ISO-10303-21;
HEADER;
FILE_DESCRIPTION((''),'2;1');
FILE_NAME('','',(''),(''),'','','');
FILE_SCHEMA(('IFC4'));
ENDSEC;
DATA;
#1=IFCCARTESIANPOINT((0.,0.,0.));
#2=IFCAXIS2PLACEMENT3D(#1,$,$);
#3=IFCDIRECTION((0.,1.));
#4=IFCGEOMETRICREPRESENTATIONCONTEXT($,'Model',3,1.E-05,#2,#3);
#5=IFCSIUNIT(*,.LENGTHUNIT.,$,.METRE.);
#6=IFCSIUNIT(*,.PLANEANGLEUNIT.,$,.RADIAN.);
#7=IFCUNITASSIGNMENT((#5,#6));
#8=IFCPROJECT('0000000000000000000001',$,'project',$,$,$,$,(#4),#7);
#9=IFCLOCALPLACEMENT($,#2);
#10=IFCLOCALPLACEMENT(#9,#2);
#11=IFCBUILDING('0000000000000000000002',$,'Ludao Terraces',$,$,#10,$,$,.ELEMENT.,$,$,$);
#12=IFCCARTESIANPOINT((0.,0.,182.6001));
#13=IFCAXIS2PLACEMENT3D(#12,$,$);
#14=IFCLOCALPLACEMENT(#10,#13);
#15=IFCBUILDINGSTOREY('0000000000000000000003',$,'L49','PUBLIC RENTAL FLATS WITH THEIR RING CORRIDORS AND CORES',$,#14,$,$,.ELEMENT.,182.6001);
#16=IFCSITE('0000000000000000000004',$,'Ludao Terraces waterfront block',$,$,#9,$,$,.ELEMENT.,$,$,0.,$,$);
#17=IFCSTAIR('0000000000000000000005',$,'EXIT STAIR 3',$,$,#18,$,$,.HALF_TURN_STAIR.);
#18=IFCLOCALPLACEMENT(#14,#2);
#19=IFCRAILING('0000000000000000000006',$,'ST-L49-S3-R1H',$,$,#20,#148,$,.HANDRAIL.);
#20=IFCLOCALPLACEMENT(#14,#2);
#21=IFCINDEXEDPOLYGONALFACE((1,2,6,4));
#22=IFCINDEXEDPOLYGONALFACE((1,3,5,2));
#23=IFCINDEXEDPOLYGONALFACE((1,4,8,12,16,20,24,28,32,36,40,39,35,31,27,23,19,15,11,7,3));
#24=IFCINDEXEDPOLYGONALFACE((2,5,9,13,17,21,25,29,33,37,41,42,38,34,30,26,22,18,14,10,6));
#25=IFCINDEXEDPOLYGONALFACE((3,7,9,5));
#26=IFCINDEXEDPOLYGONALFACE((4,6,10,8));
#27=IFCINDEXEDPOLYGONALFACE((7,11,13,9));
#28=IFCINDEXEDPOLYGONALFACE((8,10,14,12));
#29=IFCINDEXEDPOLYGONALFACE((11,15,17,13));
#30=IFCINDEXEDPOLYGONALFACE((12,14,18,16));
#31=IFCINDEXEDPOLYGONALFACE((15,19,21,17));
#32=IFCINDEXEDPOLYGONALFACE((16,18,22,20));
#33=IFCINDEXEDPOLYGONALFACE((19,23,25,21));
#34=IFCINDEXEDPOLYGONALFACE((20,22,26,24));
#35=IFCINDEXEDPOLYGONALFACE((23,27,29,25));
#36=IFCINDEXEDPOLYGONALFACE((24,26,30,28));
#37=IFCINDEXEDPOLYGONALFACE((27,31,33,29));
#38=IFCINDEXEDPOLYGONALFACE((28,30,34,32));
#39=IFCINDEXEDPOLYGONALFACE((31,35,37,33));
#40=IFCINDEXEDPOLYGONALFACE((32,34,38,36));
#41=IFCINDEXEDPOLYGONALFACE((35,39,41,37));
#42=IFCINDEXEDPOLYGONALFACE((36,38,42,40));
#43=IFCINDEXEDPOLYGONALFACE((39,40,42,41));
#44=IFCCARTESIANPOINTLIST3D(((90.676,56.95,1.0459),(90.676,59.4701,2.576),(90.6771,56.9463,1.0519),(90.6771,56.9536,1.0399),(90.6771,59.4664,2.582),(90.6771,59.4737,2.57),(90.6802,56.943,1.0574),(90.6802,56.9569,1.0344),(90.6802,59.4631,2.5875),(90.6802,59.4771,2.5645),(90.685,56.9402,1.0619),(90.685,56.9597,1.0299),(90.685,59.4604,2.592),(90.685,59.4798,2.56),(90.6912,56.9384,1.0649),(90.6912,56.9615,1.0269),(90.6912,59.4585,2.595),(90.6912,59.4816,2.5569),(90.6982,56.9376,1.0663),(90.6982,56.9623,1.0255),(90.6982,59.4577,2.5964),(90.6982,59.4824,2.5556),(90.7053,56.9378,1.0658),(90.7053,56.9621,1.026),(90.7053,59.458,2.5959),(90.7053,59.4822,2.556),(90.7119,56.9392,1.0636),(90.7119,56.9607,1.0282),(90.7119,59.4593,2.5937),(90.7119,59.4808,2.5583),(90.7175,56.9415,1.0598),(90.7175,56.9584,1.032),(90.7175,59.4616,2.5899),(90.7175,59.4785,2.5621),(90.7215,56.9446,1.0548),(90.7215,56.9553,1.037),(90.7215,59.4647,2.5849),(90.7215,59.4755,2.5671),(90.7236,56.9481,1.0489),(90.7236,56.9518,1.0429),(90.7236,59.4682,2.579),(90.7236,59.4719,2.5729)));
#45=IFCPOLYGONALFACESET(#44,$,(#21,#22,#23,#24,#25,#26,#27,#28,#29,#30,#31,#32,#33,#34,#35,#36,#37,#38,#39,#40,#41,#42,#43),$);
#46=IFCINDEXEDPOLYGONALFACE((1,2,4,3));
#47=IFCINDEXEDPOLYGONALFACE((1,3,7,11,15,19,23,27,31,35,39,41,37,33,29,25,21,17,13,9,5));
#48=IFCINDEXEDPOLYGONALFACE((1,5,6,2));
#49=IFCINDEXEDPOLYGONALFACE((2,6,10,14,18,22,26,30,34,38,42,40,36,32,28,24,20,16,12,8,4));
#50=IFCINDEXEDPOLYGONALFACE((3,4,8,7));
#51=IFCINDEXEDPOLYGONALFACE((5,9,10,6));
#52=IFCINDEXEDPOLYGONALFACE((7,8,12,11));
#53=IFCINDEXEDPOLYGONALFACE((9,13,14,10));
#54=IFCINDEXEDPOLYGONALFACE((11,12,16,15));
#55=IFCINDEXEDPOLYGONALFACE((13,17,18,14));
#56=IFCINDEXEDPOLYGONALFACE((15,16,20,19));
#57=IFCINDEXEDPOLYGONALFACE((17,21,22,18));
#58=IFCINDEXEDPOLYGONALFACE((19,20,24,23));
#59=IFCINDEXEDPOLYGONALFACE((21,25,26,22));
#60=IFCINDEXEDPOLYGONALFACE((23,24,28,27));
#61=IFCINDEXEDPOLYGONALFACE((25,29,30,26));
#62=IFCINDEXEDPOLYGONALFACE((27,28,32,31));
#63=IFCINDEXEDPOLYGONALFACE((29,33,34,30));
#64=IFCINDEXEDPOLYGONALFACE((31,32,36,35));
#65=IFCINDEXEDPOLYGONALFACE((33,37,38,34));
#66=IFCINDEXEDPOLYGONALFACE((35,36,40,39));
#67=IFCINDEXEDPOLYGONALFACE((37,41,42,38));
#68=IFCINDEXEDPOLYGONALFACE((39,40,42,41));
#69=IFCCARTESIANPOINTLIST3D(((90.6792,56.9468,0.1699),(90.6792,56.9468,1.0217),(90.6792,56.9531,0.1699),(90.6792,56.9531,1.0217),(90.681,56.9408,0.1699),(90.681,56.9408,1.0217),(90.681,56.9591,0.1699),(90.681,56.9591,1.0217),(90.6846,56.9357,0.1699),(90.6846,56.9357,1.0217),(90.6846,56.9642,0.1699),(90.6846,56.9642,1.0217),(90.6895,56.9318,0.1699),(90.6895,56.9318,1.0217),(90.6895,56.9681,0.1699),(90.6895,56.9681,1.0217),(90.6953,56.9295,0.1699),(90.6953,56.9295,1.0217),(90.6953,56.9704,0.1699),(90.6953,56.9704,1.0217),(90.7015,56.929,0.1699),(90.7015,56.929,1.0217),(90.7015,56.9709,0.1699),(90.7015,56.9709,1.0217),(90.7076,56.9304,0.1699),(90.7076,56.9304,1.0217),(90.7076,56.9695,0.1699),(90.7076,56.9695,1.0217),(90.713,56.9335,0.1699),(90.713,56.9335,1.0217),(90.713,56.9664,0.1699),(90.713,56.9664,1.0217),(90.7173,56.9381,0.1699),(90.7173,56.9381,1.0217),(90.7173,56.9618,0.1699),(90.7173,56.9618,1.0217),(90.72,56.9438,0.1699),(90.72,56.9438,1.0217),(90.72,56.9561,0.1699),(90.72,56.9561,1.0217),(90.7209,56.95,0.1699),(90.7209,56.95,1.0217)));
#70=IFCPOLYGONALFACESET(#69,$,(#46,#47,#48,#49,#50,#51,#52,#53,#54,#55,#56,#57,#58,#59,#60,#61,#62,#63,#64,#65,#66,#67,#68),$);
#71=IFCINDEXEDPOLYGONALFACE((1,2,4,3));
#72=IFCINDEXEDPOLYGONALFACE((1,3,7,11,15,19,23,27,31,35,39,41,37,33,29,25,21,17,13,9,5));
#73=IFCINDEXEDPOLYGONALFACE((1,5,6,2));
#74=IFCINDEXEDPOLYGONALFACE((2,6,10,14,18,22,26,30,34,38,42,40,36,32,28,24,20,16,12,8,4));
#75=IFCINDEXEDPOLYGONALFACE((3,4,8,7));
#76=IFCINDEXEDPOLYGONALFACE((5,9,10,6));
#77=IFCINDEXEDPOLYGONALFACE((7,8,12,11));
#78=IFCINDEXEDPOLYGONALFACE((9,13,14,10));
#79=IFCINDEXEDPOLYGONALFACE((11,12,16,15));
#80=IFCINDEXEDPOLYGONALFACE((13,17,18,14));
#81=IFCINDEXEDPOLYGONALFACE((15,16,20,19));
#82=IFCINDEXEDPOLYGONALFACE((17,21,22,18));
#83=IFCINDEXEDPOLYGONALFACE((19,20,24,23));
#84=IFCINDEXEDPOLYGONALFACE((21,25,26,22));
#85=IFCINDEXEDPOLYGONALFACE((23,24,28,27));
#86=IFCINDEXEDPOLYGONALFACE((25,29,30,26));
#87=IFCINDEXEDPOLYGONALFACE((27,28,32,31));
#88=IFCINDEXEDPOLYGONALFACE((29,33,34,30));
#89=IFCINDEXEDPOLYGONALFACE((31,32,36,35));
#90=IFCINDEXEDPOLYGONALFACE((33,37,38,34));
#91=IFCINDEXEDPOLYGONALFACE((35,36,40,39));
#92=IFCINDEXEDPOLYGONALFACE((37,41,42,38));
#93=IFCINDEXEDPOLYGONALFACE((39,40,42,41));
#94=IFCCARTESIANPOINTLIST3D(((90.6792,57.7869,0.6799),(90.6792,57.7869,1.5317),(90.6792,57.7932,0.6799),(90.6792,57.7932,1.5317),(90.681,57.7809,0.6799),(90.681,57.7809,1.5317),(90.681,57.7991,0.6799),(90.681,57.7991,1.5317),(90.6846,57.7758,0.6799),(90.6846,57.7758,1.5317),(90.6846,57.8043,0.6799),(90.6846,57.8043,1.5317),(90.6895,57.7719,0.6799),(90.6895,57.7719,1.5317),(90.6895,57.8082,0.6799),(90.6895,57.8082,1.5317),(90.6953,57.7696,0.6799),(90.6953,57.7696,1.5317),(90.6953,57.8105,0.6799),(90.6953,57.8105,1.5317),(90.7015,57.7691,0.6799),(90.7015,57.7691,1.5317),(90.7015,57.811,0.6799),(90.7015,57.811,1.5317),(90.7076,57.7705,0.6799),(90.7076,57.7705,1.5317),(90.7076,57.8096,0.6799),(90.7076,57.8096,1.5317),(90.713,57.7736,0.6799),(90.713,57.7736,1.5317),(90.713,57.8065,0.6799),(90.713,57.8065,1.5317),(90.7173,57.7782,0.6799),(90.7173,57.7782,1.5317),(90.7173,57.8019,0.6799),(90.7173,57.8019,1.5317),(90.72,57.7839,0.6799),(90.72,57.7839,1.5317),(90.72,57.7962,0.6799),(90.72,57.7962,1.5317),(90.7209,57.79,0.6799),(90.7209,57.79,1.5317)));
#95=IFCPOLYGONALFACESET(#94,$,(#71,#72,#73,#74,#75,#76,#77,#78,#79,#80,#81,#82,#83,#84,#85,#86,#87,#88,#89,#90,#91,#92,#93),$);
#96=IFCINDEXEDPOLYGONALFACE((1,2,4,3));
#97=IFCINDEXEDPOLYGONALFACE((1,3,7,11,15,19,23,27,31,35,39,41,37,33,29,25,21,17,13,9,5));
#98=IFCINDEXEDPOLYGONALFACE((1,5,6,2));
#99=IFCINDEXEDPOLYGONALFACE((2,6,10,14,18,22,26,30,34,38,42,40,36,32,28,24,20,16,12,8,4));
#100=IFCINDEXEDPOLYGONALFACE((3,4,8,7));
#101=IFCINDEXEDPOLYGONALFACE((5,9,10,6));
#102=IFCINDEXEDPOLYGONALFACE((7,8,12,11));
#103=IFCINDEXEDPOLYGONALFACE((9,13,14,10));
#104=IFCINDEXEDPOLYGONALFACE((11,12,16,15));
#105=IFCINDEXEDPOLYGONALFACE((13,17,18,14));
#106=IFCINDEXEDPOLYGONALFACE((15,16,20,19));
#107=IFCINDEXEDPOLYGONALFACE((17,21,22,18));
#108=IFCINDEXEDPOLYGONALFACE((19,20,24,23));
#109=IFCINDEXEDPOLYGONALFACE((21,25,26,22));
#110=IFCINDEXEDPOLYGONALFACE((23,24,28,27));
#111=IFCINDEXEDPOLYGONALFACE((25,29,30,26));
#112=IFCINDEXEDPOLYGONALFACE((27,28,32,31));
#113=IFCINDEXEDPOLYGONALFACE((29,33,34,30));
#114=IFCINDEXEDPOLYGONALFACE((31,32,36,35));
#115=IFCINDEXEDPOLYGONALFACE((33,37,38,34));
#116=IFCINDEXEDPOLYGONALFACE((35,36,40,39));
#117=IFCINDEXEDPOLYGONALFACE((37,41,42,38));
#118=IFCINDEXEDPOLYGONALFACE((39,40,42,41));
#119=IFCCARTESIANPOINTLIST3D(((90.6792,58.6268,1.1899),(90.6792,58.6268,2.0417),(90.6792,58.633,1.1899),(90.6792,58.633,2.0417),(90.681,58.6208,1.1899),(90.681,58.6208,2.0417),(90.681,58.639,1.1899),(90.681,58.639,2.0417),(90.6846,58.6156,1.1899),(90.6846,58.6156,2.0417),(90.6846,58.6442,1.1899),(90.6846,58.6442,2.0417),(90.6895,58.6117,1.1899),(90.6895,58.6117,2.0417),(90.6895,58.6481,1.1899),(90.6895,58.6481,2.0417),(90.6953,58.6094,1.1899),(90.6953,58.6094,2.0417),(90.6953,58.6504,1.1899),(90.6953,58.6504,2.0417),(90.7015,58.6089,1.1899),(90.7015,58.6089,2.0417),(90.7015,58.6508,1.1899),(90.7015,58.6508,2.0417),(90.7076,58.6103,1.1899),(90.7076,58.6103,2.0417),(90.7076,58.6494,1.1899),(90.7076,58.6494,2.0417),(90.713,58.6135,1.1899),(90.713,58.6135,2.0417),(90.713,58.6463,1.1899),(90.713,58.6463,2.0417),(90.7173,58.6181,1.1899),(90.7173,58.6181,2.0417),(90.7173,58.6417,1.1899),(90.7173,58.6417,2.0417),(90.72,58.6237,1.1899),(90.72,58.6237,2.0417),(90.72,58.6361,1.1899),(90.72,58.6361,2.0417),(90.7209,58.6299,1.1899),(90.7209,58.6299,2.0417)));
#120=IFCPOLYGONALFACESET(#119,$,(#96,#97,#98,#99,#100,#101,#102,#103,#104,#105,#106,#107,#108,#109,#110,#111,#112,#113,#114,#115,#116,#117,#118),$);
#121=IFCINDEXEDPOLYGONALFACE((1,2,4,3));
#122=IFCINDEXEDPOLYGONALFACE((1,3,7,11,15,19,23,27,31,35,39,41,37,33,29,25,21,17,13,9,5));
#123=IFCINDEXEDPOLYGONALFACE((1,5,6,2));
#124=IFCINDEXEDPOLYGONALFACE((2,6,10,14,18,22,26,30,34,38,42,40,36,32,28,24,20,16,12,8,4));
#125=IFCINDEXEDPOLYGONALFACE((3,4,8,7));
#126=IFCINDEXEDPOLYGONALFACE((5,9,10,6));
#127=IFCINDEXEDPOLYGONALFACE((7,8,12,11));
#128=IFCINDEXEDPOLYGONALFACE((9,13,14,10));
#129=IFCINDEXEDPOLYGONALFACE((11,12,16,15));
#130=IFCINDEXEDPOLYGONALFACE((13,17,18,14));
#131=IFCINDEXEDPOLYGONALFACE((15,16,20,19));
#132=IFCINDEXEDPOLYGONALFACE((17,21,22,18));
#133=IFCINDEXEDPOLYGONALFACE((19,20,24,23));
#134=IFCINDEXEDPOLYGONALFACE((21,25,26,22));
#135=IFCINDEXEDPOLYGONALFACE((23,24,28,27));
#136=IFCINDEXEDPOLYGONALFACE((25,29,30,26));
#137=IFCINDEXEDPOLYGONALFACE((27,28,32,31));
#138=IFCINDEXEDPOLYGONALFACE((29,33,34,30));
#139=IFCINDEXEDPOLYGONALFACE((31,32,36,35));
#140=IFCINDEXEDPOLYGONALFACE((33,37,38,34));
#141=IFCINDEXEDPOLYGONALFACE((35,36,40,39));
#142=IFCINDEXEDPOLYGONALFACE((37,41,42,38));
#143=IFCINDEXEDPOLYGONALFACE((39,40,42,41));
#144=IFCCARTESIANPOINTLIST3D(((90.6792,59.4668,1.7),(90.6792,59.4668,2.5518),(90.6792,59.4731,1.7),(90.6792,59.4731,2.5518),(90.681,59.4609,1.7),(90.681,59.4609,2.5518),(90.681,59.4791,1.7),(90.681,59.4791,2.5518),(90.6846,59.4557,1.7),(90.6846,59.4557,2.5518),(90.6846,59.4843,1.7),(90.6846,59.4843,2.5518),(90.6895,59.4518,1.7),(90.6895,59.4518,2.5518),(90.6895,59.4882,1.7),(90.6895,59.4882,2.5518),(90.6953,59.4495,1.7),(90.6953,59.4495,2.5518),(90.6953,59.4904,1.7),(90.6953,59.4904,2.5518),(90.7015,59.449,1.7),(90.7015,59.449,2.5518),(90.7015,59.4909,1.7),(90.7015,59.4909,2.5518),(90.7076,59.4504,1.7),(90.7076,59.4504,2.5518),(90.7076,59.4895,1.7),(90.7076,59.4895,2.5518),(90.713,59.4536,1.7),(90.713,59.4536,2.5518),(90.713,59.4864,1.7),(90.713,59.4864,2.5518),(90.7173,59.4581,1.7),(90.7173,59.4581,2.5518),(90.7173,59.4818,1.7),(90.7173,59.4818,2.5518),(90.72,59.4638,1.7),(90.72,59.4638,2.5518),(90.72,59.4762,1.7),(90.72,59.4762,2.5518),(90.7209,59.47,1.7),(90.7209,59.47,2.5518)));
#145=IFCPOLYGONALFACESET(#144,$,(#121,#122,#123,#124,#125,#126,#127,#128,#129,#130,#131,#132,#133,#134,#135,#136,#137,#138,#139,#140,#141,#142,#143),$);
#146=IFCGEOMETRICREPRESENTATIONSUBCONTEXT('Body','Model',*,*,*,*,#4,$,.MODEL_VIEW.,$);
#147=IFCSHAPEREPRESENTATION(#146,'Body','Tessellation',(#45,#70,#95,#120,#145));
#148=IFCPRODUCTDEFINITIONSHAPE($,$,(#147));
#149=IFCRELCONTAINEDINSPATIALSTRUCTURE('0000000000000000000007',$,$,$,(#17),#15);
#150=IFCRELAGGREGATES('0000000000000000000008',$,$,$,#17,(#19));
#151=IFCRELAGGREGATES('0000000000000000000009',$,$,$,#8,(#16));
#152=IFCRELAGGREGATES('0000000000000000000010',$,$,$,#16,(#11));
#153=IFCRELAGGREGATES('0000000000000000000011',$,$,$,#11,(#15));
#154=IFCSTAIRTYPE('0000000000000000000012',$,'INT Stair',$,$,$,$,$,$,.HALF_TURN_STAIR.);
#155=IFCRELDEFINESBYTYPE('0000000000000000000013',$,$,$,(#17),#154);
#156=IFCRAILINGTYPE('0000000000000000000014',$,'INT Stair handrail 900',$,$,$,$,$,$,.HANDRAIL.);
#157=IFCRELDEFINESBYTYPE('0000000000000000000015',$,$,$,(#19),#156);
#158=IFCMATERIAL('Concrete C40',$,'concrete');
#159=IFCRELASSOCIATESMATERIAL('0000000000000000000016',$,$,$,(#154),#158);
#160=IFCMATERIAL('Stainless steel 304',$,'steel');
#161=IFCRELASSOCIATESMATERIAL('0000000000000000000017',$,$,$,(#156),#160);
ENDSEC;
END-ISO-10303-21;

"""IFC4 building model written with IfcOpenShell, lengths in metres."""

from ifc_helpers import new_model, si_unit, direction, frame, origin, origin_2d, place, context, subcontext, project, spatial, circle, extrude, material, type_object, element, aggregate, save


model = new_model("IFC4")

# Units and contexts
model_context = context("Model", 3, precision=1e-05, world=origin(), true_north=direction((0.0, 1.0)))
body_context = subcontext(model_context, "Body", "Model", "MODEL_VIEW")
ifc_project = project(units=[si_unit("LENGTHUNIT", "METRE"), si_unit("PLANEANGLEUNIT", "RADIAN")], contexts=[model_context])

# Site, building, storey
site_placement = place(None, origin())
site = spatial("IfcSite", under=ifc_project, at=site_placement, Name="Ludao Terraces waterfront block", CompositionType="ELEMENT", RefElevation=0.0)
building_placement = place(site_placement, origin())
building = spatial("IfcBuilding", under=site, at=building_placement, Name="Ludao Terraces", CompositionType="ELEMENT")
storey_placement = place(building_placement, frame((0.0, 0.0, 182.6001)))
storey = spatial("IfcBuildingStorey", under=building, at=storey_placement, Name="L49", Description="PUBLIC RENTAL FLATS WITH THEIR RING CORRIDORS AND CORES", CompositionType="ELEMENT", Elevation=182.6001)

# Shared definitions
ifc_material_1 = material(Name="Concrete C40", Category="concrete")

# Stair, railing
stair_type = type_object("IfcStairType", Name="INT Stair", PredefinedType="HALF_TURN_STAIR", material=ifc_material_1)
stair_placement = place(storey_placement, origin())
stair = element("IfcStair", 1, at=stair_placement, inside=storey, type_object=stair_type, Name="EXIT STAIR 3", PredefinedType="HALF_TURN_STAIR")
ifc_material_2 = material(Name="Stainless steel 304", Category="steel")
railing_type_1 = type_object("IfcRailingType", Name="INT Stair handrail 900", PredefinedType="HANDRAIL", material=ifc_material_2)
railing_1_placement = place(storey_placement, frame((90.7, 56.95, 0.1699)))
railing_1 = element("IfcRailing", 2, at=railing_1_placement, type_object=railing_type_1, Name="ST-L49-S3-R1H", PredefinedType="HANDRAIL", context=body_context, shape_type="SweptSolid", body=[
    extrude(circle(Radius=0.0239, at=origin_2d()), frame((0.0, 0.0, 0.876), z_axis=(0.0, 0.854785, 0.518982), x_axis=(-1.0, 0.0, 0.0)), (0.0, 0.0, 1.0), 2.9482),
    extrude(circle(Radius=0.021, at=origin_2d()), origin(), (0.0, 0.0, 1.0), 0.8518),
    extrude(circle(Radius=0.021, at=origin_2d()), frame((0.0, 0.8401, 0.51)), (0.0, 0.0, 1.0), 0.8518),
    extrude(circle(Radius=0.021, at=origin_2d()), frame((0.0, 1.6799, 1.02)), (0.0, 0.0, 1.0), 0.8518),
    extrude(circle(Radius=0.021, at=origin_2d()), frame((0.0, 2.52, 1.53)), (0.0, 0.0, 1.0), 0.8518),
])
aggregate(stair, [railing_1])

save(model, "model.ifc")
